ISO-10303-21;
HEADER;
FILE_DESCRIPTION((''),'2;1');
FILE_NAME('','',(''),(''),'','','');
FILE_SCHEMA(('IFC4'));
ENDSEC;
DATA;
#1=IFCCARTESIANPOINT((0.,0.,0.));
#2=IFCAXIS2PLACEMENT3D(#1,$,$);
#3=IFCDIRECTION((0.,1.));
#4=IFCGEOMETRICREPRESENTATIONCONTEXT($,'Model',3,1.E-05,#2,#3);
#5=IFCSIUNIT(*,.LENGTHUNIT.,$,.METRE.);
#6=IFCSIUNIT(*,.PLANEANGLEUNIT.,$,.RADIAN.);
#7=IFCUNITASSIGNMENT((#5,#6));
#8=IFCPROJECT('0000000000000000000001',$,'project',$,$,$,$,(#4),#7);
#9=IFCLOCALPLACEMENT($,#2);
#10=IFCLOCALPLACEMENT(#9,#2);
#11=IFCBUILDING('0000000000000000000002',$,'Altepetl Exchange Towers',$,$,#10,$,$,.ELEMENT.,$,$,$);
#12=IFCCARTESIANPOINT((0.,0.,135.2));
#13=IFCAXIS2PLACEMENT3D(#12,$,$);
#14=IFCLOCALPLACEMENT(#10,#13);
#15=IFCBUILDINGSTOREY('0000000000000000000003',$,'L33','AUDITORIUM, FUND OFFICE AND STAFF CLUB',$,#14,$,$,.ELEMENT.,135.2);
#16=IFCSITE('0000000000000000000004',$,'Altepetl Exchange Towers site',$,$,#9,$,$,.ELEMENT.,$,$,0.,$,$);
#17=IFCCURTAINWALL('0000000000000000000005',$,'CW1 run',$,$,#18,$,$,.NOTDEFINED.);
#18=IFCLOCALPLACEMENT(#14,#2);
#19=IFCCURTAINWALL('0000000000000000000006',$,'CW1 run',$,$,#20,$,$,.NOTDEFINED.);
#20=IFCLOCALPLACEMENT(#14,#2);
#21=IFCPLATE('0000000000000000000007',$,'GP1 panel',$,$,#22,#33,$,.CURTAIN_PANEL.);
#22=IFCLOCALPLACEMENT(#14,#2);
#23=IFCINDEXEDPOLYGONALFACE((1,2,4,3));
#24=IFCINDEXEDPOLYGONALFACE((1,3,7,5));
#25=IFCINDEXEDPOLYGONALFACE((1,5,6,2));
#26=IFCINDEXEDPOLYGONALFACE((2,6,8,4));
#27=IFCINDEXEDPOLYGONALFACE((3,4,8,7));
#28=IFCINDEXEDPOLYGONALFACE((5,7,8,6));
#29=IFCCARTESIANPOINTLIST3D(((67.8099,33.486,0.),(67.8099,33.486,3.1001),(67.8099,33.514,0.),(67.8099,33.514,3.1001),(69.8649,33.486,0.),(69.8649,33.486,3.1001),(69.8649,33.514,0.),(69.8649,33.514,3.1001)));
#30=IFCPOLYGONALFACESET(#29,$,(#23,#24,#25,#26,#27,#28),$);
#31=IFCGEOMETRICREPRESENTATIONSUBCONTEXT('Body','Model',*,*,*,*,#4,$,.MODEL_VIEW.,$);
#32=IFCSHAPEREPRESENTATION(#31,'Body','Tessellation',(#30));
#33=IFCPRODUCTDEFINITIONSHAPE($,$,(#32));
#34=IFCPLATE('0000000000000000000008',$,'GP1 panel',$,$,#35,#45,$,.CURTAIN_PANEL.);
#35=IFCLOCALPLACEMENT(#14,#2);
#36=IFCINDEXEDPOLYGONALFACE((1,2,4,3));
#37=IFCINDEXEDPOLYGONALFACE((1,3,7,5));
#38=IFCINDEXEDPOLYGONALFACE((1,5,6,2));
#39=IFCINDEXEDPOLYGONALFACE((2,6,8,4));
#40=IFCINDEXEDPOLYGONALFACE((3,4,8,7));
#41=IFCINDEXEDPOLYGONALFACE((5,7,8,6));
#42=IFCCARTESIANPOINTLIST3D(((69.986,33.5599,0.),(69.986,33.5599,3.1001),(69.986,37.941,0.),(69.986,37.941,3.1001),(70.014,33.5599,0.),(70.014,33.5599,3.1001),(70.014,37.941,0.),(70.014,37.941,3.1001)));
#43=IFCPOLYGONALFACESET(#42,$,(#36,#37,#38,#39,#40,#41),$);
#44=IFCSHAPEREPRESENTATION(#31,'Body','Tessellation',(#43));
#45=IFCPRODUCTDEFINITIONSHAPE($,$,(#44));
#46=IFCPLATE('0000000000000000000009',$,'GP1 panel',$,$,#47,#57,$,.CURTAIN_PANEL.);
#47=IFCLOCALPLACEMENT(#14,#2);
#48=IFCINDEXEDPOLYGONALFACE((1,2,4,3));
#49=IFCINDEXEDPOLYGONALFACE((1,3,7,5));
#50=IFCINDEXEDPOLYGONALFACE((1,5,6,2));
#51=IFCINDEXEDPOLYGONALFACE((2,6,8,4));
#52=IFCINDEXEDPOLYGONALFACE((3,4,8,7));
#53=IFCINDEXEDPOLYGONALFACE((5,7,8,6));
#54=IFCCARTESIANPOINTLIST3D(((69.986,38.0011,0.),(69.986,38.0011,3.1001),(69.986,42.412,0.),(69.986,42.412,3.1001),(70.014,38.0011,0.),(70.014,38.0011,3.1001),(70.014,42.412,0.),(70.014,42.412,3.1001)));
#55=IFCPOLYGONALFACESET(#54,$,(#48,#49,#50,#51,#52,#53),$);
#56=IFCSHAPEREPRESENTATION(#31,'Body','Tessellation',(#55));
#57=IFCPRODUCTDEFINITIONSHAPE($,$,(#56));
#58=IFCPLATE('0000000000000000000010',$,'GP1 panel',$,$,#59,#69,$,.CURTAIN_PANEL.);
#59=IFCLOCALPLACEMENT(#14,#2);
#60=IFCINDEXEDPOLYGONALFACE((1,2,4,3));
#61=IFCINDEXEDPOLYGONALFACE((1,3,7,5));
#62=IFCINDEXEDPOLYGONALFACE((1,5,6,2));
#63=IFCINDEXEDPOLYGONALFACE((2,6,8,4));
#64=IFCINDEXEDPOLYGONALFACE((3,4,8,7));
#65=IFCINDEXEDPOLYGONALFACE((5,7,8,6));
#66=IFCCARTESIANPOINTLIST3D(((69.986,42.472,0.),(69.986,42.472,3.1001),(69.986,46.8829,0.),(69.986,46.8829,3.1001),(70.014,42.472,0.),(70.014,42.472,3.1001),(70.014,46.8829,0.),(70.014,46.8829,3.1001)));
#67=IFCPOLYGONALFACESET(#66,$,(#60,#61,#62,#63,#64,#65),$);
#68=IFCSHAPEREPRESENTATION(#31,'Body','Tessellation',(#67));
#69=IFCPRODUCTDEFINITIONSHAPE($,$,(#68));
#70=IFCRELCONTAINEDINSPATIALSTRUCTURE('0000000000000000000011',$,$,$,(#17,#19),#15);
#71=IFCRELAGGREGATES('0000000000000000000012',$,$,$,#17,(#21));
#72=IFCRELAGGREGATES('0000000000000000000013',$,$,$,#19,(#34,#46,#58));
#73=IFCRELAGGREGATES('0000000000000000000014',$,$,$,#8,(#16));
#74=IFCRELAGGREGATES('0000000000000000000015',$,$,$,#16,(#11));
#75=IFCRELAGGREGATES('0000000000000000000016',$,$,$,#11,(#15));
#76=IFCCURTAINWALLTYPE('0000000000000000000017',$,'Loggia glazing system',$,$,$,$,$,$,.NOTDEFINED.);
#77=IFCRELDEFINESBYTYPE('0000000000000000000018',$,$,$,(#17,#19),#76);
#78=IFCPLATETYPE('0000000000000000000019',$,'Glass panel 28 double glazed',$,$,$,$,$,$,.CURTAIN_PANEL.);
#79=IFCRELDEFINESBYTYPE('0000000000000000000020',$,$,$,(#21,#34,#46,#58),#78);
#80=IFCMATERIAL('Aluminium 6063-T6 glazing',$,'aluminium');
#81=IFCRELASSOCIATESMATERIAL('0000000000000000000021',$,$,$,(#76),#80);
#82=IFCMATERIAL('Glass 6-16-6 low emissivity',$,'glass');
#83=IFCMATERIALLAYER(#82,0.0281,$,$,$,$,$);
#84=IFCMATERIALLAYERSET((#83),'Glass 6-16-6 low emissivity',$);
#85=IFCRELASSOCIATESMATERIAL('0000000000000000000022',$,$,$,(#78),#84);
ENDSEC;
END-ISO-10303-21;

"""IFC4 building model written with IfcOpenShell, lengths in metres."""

from ifc_helpers import new_model, si_unit, direction, frame, origin, origin_2d, place, context, subcontext, project, spatial, rectangle, extrude, material, layer, layer_set, type_object, element, aggregate, save


model = new_model("IFC4")

# Units and contexts
model_context = context("Model", 3, precision=1e-05, world=origin(), true_north=direction((0.0, 1.0)))
body_context = subcontext(model_context, "Body", "Model", "MODEL_VIEW")
ifc_project = project(units=[si_unit("LENGTHUNIT", "METRE"), si_unit("PLANEANGLEUNIT", "RADIAN")], contexts=[model_context])

# Site, building, storey
site_placement = place(None, origin())
site = spatial("IfcSite", under=ifc_project, at=site_placement, Name="Altepetl Exchange Towers site", CompositionType="ELEMENT", RefElevation=0.0)
building_placement = place(site_placement, origin())
building = spatial("IfcBuilding", under=site, at=building_placement, Name="Altepetl Exchange Towers", CompositionType="ELEMENT")
storey_placement = place(building_placement, frame((0.0, 0.0, 135.2)))
storey = spatial("IfcBuildingStorey", under=building, at=storey_placement, Name="L33", Description="AUDITORIUM, FUND OFFICE AND STAFF CLUB", CompositionType="ELEMENT", Elevation=135.2)

# Curtain walls
ifc_material_1 = material(Name="Aluminium 6063-T6 glazing", Category="aluminium")
curtain_wall_type = type_object("IfcCurtainWallType", Name="Loggia glazing system", PredefinedType="NOTDEFINED", material=ifc_material_1)
curtain_wall_1_placement = place(storey_placement, origin())
curtain_wall_1 = element("IfcCurtainWall", 1, at=curtain_wall_1_placement, inside=storey, type_object=curtain_wall_type, Name="CW1 run", PredefinedType="NOTDEFINED")
curtain_wall_2_placement = place(storey_placement, origin())
curtain_wall_2 = element("IfcCurtainWall", 2, at=curtain_wall_2_placement, inside=storey, type_object=curtain_wall_type, Name="CW1 run", PredefinedType="NOTDEFINED")

# Plates
ifc_material_2 = material(Name="Glass 6-16-6 low emissivity", Category="glass")
ifc_layer = layer(ifc_material_2, 0.0281)
ifc_layer_set = layer_set([ifc_layer], Name="Glass 6-16-6 low emissivity")
plate_type = type_object("IfcPlateType", Name="Glass panel 28 double glazed", PredefinedType="CURTAIN_PANEL", material=ifc_layer_set)
plate_1_placement = place(storey_placement, frame((68.8374, 33.5, 0.0)))
plate_1 = element("IfcPlate", 3, at=plate_1_placement, type_object=plate_type, Name="GP1 panel", PredefinedType="CURTAIN_PANEL", context=body_context, shape_type="SweptSolid", body=[
    extrude(rectangle(XDim=2.0549, YDim=0.0281, at=origin_2d()), origin(), (0.0, 0.0, 1.0), 3.1001),
])
aggregate(curtain_wall_1, [plate_1])
plate_2_placement = place(storey_placement, frame((70.0, 35.7505, 0.0), z_axis=(0.0, 0.0, 1.0), x_axis=(0.0, 1.0, 0.0)))
plate_2 = element("IfcPlate", 4, at=plate_2_placement, type_object=plate_type, Name="GP1 panel", PredefinedType="CURTAIN_PANEL", context=body_context, shape_type="SweptSolid", body=[
    extrude(rectangle(XDim=4.3811, YDim=0.0281, at=origin_2d()), origin(), (0.0, 0.0, 1.0), 3.1001),
])
plate_3_placement = place(storey_placement, frame((70.0, 40.2065, 0.0), z_axis=(0.0, 0.0, 1.0), x_axis=(0.0, 1.0, 0.0)))
plate_3 = element("IfcPlate", 5, at=plate_3_placement, type_object=plate_type, Name="GP1 panel", PredefinedType="CURTAIN_PANEL", context=body_context, shape_type="SweptSolid", body=[
    extrude(rectangle(XDim=4.4109, YDim=0.0281, at=origin_2d()), origin(), (0.0, 0.0, 1.0), 3.1001),
])
plate_4_placement = place(storey_placement, frame((70.0, 44.6775, 0.0), z_axis=(0.0, 0.0, 1.0), x_axis=(0.0, 1.0, 0.0)))
plate_4 = element("IfcPlate", 6, at=plate_4_placement, type_object=plate_type, Name="GP1 panel", PredefinedType="CURTAIN_PANEL", context=body_context, shape_type="SweptSolid", body=[
    extrude(rectangle(XDim=4.4109, YDim=0.0281, at=origin_2d()), origin(), (0.0, 0.0, 1.0), 3.1001),
])
aggregate(curtain_wall_2, [plate_2, plate_3, plate_4])

save(model, "model.ifc")
